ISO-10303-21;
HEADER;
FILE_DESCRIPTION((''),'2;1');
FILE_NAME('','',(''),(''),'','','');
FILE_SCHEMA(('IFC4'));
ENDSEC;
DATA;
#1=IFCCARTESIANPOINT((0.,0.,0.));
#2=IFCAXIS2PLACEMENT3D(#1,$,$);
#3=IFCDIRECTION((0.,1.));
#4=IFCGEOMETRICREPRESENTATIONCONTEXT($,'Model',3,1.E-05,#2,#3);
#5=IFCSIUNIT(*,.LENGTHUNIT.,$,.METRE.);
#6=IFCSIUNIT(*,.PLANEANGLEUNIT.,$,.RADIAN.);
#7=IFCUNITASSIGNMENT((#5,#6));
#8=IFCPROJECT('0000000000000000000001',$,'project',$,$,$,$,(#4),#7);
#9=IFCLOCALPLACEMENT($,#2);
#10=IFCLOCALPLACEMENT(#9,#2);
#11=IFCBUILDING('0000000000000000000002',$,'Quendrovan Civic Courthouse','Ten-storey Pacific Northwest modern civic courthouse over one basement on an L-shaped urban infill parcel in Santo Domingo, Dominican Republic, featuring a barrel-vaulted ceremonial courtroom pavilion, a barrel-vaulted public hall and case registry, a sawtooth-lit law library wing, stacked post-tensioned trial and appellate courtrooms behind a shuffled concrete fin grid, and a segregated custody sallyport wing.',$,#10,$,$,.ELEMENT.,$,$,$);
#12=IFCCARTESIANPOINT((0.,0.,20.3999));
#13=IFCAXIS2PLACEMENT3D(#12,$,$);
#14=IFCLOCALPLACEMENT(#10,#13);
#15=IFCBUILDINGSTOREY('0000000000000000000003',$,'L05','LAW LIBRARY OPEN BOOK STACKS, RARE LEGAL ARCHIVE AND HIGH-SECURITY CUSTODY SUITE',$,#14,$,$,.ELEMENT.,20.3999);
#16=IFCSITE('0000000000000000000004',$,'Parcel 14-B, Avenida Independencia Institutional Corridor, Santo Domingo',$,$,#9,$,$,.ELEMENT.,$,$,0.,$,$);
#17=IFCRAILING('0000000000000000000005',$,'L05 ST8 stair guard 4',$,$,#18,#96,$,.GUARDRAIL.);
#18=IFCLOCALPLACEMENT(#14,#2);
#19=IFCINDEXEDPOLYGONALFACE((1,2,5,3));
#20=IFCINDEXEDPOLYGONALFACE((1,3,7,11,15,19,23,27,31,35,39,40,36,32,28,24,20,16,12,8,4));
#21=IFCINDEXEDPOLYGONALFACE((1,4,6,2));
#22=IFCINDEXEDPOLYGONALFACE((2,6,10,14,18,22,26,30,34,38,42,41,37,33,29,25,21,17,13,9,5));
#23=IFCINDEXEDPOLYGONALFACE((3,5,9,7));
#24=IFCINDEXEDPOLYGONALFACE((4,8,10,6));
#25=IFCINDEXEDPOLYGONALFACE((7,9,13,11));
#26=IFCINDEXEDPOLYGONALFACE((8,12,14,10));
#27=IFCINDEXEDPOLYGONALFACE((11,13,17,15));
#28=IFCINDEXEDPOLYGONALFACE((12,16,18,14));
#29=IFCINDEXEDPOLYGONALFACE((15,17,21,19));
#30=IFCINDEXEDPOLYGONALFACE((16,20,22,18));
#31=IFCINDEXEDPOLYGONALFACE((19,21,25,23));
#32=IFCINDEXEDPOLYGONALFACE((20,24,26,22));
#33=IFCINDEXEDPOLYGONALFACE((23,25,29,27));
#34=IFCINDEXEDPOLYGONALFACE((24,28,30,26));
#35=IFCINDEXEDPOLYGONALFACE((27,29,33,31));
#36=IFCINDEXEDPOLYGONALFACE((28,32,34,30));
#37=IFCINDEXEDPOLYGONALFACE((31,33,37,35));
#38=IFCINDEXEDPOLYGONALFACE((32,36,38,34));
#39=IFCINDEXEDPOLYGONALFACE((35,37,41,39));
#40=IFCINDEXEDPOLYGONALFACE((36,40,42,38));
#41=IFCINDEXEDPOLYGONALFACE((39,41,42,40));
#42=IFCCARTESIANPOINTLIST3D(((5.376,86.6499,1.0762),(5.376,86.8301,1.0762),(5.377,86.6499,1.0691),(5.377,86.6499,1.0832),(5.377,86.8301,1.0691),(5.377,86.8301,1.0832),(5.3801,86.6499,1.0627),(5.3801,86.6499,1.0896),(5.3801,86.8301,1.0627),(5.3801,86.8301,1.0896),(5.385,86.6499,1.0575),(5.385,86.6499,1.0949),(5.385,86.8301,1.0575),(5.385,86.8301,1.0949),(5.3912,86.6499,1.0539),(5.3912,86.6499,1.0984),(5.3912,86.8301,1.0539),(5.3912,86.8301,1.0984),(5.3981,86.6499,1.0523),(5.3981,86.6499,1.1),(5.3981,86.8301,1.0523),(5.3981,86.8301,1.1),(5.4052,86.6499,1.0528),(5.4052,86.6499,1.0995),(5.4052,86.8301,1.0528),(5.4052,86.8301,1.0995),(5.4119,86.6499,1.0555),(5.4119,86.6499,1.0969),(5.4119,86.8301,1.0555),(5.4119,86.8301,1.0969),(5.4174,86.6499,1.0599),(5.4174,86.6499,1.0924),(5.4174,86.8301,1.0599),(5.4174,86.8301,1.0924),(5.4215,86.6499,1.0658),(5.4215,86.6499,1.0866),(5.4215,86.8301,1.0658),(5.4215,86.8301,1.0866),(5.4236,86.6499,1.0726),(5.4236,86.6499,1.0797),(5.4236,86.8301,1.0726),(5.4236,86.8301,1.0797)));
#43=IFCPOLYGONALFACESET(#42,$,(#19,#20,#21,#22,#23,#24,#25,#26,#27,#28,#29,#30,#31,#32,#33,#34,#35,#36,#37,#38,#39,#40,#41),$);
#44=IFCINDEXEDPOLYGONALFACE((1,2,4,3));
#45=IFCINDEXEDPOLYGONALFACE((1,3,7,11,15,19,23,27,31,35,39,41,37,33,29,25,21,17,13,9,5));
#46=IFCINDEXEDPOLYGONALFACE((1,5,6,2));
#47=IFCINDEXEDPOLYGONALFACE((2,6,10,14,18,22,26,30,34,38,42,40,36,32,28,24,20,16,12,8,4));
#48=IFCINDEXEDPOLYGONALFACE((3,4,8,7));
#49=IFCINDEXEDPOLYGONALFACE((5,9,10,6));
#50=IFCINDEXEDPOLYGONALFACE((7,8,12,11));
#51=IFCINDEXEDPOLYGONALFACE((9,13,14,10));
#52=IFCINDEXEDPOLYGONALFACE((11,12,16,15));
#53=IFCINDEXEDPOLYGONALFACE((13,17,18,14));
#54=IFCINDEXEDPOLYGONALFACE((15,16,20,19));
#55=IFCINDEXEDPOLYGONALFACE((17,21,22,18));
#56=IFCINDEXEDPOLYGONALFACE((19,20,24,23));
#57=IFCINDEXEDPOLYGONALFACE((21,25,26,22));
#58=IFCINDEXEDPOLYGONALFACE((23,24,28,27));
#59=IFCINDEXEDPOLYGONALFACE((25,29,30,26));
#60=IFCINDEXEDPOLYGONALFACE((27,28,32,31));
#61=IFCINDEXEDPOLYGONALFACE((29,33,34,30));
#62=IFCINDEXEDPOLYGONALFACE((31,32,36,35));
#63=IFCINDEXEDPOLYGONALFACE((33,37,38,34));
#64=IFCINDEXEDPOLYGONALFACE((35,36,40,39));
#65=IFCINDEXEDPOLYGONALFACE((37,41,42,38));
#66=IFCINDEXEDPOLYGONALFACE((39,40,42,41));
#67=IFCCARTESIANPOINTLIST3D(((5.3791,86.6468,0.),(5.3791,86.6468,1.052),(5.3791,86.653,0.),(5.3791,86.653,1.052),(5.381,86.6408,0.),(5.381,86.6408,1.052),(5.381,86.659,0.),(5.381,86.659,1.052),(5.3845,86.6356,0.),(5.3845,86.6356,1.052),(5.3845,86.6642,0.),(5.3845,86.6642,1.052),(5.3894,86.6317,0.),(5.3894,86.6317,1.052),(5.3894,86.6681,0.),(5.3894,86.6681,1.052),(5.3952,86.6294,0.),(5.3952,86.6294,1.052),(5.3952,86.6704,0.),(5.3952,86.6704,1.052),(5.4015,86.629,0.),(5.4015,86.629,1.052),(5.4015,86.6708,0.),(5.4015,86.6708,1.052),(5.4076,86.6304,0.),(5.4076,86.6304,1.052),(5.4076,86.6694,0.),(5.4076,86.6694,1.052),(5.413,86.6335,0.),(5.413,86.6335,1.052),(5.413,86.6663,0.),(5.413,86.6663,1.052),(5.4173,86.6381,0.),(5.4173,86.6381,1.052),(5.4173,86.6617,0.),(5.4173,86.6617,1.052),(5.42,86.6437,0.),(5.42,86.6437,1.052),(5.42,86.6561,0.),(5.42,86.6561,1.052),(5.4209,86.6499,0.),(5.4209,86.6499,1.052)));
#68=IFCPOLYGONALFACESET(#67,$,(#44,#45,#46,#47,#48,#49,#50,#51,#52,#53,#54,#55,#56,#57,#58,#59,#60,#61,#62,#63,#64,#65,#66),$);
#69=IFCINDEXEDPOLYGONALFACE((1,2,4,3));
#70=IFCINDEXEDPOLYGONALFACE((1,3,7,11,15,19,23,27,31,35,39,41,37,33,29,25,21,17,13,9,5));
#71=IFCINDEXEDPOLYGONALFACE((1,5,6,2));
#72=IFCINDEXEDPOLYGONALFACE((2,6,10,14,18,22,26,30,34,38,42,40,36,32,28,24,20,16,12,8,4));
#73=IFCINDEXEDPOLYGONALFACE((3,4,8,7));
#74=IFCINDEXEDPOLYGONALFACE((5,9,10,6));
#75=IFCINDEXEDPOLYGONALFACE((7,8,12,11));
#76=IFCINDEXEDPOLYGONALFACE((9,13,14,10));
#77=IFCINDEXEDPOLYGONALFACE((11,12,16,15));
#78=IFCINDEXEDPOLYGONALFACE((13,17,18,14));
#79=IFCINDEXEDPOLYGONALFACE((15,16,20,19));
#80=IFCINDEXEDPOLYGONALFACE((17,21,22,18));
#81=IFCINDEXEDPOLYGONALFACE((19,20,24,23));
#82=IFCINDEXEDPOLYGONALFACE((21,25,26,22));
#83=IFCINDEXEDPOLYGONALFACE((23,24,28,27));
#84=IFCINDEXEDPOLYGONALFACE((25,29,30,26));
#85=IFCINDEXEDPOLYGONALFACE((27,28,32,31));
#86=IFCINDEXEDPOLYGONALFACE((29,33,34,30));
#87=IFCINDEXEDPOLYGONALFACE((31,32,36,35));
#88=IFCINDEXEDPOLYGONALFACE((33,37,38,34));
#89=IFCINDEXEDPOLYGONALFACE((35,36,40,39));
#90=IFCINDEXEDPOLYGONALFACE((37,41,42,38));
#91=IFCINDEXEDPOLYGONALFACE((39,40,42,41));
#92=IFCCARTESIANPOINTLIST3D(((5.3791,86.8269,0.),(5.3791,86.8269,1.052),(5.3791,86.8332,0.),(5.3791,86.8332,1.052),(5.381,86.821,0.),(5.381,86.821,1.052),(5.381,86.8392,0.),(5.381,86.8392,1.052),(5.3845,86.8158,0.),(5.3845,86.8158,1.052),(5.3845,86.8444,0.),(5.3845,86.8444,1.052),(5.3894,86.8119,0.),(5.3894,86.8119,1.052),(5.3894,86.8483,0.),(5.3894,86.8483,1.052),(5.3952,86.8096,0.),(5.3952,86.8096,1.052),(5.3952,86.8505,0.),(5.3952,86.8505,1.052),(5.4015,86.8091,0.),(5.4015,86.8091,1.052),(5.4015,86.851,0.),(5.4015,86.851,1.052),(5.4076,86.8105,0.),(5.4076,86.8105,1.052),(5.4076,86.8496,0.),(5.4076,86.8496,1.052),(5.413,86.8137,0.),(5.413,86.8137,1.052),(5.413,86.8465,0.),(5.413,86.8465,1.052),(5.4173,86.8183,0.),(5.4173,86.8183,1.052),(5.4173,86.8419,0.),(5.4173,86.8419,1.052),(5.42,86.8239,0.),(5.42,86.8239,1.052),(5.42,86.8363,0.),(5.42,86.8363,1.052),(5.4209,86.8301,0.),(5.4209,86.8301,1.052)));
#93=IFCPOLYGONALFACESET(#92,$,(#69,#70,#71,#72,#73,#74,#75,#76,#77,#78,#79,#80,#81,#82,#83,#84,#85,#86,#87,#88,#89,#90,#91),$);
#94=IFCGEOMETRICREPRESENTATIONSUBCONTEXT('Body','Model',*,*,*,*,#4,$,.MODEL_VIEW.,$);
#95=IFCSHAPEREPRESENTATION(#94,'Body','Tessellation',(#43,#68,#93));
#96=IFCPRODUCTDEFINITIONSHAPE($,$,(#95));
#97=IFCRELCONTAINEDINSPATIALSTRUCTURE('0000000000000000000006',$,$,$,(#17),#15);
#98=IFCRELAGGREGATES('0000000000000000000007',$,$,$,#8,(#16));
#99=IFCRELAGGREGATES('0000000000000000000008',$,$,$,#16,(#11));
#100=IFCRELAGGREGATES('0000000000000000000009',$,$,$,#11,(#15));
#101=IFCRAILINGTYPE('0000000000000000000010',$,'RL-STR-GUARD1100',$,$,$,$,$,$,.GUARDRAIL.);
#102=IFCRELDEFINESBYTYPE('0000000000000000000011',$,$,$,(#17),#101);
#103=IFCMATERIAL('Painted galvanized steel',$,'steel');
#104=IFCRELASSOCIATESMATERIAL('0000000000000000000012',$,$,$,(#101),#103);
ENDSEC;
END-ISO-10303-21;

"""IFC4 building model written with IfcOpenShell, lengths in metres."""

from ifc_helpers import new_model, si_unit, direction, frame, origin, origin_2d, place, context, subcontext, project, spatial, circle, extrude, material, type_object, element, save


model = new_model("IFC4")

# Units and contexts
model_context = context("Model", 3, precision=1e-05, world=origin(), true_north=direction((0.0, 1.0)))
body_context = subcontext(model_context, "Body", "Model", "MODEL_VIEW")
ifc_project = project(units=[si_unit("LENGTHUNIT", "METRE"), si_unit("PLANEANGLEUNIT", "RADIAN")], contexts=[model_context])

# Site, building, storey
site_placement = place(None, origin())
site = spatial("IfcSite", under=ifc_project, at=site_placement, Name="Parcel 14-B, Avenida Independencia Institutional Corridor, Santo Domingo", CompositionType="ELEMENT", RefElevation=0.0)
building_placement = place(site_placement, origin())
building = spatial("IfcBuilding", under=site, at=building_placement, Name="Quendrovan Civic Courthouse", Description="Ten-storey Pacific Northwest modern civic courthouse over one basement on an L-shaped urban infill parcel in Santo Domingo, Dominican Republic, featuring a barrel-vaulted ceremonial courtroom pavilion, a barrel-vaulted public hall and case registry, a sawtooth-lit law library wing, stacked post-tensioned trial and appellate courtrooms behind a shuffled concrete fin grid, and a segregated custody sallyport wing.", CompositionType="ELEMENT")
storey_placement = place(building_placement, frame((0.0, 0.0, 20.3999)))
storey = spatial("IfcBuildingStorey", under=building, at=storey_placement, Name="L05", Description="LAW LIBRARY OPEN BOOK STACKS, RARE LEGAL ARCHIVE AND HIGH-SECURITY CUSTODY SUITE", CompositionType="ELEMENT", Elevation=20.3999)

# Railing
ifc_material_1 = material(Name="Painted galvanized steel", Category="steel")
railing_type_1 = type_object("IfcRailingType", Name="RL-STR-GUARD1100", PredefinedType="GUARDRAIL", material=ifc_material_1)
railing_1_placement = place(storey_placement, frame((5.3999, 86.6499, 0.0)))
element("IfcRailing", 1, at=railing_1_placement, inside=storey, type_object=railing_type_1, Name="L05 ST8 stair guard 4", PredefinedType="GUARDRAIL", context=body_context, shape_type="SweptSolid", body=[
    extrude(circle(Radius=0.0239, at=origin_2d()), frame((0.0, 0.0, 1.0762), z_axis=(0.0, 1.0, 0.0), x_axis=(-1.0, 0.0, 0.0)), (0.0, 0.0, 1.0), 0.1802),
    extrude(circle(Radius=0.021, at=origin_2d()), origin(), (0.0, 0.0, 1.0), 1.052),
    extrude(circle(Radius=0.021, at=origin_2d()), frame((0.0, 0.1802, 0.0)), (0.0, 0.0, 1.0), 1.052),
])

save(model, "model.ifc")
